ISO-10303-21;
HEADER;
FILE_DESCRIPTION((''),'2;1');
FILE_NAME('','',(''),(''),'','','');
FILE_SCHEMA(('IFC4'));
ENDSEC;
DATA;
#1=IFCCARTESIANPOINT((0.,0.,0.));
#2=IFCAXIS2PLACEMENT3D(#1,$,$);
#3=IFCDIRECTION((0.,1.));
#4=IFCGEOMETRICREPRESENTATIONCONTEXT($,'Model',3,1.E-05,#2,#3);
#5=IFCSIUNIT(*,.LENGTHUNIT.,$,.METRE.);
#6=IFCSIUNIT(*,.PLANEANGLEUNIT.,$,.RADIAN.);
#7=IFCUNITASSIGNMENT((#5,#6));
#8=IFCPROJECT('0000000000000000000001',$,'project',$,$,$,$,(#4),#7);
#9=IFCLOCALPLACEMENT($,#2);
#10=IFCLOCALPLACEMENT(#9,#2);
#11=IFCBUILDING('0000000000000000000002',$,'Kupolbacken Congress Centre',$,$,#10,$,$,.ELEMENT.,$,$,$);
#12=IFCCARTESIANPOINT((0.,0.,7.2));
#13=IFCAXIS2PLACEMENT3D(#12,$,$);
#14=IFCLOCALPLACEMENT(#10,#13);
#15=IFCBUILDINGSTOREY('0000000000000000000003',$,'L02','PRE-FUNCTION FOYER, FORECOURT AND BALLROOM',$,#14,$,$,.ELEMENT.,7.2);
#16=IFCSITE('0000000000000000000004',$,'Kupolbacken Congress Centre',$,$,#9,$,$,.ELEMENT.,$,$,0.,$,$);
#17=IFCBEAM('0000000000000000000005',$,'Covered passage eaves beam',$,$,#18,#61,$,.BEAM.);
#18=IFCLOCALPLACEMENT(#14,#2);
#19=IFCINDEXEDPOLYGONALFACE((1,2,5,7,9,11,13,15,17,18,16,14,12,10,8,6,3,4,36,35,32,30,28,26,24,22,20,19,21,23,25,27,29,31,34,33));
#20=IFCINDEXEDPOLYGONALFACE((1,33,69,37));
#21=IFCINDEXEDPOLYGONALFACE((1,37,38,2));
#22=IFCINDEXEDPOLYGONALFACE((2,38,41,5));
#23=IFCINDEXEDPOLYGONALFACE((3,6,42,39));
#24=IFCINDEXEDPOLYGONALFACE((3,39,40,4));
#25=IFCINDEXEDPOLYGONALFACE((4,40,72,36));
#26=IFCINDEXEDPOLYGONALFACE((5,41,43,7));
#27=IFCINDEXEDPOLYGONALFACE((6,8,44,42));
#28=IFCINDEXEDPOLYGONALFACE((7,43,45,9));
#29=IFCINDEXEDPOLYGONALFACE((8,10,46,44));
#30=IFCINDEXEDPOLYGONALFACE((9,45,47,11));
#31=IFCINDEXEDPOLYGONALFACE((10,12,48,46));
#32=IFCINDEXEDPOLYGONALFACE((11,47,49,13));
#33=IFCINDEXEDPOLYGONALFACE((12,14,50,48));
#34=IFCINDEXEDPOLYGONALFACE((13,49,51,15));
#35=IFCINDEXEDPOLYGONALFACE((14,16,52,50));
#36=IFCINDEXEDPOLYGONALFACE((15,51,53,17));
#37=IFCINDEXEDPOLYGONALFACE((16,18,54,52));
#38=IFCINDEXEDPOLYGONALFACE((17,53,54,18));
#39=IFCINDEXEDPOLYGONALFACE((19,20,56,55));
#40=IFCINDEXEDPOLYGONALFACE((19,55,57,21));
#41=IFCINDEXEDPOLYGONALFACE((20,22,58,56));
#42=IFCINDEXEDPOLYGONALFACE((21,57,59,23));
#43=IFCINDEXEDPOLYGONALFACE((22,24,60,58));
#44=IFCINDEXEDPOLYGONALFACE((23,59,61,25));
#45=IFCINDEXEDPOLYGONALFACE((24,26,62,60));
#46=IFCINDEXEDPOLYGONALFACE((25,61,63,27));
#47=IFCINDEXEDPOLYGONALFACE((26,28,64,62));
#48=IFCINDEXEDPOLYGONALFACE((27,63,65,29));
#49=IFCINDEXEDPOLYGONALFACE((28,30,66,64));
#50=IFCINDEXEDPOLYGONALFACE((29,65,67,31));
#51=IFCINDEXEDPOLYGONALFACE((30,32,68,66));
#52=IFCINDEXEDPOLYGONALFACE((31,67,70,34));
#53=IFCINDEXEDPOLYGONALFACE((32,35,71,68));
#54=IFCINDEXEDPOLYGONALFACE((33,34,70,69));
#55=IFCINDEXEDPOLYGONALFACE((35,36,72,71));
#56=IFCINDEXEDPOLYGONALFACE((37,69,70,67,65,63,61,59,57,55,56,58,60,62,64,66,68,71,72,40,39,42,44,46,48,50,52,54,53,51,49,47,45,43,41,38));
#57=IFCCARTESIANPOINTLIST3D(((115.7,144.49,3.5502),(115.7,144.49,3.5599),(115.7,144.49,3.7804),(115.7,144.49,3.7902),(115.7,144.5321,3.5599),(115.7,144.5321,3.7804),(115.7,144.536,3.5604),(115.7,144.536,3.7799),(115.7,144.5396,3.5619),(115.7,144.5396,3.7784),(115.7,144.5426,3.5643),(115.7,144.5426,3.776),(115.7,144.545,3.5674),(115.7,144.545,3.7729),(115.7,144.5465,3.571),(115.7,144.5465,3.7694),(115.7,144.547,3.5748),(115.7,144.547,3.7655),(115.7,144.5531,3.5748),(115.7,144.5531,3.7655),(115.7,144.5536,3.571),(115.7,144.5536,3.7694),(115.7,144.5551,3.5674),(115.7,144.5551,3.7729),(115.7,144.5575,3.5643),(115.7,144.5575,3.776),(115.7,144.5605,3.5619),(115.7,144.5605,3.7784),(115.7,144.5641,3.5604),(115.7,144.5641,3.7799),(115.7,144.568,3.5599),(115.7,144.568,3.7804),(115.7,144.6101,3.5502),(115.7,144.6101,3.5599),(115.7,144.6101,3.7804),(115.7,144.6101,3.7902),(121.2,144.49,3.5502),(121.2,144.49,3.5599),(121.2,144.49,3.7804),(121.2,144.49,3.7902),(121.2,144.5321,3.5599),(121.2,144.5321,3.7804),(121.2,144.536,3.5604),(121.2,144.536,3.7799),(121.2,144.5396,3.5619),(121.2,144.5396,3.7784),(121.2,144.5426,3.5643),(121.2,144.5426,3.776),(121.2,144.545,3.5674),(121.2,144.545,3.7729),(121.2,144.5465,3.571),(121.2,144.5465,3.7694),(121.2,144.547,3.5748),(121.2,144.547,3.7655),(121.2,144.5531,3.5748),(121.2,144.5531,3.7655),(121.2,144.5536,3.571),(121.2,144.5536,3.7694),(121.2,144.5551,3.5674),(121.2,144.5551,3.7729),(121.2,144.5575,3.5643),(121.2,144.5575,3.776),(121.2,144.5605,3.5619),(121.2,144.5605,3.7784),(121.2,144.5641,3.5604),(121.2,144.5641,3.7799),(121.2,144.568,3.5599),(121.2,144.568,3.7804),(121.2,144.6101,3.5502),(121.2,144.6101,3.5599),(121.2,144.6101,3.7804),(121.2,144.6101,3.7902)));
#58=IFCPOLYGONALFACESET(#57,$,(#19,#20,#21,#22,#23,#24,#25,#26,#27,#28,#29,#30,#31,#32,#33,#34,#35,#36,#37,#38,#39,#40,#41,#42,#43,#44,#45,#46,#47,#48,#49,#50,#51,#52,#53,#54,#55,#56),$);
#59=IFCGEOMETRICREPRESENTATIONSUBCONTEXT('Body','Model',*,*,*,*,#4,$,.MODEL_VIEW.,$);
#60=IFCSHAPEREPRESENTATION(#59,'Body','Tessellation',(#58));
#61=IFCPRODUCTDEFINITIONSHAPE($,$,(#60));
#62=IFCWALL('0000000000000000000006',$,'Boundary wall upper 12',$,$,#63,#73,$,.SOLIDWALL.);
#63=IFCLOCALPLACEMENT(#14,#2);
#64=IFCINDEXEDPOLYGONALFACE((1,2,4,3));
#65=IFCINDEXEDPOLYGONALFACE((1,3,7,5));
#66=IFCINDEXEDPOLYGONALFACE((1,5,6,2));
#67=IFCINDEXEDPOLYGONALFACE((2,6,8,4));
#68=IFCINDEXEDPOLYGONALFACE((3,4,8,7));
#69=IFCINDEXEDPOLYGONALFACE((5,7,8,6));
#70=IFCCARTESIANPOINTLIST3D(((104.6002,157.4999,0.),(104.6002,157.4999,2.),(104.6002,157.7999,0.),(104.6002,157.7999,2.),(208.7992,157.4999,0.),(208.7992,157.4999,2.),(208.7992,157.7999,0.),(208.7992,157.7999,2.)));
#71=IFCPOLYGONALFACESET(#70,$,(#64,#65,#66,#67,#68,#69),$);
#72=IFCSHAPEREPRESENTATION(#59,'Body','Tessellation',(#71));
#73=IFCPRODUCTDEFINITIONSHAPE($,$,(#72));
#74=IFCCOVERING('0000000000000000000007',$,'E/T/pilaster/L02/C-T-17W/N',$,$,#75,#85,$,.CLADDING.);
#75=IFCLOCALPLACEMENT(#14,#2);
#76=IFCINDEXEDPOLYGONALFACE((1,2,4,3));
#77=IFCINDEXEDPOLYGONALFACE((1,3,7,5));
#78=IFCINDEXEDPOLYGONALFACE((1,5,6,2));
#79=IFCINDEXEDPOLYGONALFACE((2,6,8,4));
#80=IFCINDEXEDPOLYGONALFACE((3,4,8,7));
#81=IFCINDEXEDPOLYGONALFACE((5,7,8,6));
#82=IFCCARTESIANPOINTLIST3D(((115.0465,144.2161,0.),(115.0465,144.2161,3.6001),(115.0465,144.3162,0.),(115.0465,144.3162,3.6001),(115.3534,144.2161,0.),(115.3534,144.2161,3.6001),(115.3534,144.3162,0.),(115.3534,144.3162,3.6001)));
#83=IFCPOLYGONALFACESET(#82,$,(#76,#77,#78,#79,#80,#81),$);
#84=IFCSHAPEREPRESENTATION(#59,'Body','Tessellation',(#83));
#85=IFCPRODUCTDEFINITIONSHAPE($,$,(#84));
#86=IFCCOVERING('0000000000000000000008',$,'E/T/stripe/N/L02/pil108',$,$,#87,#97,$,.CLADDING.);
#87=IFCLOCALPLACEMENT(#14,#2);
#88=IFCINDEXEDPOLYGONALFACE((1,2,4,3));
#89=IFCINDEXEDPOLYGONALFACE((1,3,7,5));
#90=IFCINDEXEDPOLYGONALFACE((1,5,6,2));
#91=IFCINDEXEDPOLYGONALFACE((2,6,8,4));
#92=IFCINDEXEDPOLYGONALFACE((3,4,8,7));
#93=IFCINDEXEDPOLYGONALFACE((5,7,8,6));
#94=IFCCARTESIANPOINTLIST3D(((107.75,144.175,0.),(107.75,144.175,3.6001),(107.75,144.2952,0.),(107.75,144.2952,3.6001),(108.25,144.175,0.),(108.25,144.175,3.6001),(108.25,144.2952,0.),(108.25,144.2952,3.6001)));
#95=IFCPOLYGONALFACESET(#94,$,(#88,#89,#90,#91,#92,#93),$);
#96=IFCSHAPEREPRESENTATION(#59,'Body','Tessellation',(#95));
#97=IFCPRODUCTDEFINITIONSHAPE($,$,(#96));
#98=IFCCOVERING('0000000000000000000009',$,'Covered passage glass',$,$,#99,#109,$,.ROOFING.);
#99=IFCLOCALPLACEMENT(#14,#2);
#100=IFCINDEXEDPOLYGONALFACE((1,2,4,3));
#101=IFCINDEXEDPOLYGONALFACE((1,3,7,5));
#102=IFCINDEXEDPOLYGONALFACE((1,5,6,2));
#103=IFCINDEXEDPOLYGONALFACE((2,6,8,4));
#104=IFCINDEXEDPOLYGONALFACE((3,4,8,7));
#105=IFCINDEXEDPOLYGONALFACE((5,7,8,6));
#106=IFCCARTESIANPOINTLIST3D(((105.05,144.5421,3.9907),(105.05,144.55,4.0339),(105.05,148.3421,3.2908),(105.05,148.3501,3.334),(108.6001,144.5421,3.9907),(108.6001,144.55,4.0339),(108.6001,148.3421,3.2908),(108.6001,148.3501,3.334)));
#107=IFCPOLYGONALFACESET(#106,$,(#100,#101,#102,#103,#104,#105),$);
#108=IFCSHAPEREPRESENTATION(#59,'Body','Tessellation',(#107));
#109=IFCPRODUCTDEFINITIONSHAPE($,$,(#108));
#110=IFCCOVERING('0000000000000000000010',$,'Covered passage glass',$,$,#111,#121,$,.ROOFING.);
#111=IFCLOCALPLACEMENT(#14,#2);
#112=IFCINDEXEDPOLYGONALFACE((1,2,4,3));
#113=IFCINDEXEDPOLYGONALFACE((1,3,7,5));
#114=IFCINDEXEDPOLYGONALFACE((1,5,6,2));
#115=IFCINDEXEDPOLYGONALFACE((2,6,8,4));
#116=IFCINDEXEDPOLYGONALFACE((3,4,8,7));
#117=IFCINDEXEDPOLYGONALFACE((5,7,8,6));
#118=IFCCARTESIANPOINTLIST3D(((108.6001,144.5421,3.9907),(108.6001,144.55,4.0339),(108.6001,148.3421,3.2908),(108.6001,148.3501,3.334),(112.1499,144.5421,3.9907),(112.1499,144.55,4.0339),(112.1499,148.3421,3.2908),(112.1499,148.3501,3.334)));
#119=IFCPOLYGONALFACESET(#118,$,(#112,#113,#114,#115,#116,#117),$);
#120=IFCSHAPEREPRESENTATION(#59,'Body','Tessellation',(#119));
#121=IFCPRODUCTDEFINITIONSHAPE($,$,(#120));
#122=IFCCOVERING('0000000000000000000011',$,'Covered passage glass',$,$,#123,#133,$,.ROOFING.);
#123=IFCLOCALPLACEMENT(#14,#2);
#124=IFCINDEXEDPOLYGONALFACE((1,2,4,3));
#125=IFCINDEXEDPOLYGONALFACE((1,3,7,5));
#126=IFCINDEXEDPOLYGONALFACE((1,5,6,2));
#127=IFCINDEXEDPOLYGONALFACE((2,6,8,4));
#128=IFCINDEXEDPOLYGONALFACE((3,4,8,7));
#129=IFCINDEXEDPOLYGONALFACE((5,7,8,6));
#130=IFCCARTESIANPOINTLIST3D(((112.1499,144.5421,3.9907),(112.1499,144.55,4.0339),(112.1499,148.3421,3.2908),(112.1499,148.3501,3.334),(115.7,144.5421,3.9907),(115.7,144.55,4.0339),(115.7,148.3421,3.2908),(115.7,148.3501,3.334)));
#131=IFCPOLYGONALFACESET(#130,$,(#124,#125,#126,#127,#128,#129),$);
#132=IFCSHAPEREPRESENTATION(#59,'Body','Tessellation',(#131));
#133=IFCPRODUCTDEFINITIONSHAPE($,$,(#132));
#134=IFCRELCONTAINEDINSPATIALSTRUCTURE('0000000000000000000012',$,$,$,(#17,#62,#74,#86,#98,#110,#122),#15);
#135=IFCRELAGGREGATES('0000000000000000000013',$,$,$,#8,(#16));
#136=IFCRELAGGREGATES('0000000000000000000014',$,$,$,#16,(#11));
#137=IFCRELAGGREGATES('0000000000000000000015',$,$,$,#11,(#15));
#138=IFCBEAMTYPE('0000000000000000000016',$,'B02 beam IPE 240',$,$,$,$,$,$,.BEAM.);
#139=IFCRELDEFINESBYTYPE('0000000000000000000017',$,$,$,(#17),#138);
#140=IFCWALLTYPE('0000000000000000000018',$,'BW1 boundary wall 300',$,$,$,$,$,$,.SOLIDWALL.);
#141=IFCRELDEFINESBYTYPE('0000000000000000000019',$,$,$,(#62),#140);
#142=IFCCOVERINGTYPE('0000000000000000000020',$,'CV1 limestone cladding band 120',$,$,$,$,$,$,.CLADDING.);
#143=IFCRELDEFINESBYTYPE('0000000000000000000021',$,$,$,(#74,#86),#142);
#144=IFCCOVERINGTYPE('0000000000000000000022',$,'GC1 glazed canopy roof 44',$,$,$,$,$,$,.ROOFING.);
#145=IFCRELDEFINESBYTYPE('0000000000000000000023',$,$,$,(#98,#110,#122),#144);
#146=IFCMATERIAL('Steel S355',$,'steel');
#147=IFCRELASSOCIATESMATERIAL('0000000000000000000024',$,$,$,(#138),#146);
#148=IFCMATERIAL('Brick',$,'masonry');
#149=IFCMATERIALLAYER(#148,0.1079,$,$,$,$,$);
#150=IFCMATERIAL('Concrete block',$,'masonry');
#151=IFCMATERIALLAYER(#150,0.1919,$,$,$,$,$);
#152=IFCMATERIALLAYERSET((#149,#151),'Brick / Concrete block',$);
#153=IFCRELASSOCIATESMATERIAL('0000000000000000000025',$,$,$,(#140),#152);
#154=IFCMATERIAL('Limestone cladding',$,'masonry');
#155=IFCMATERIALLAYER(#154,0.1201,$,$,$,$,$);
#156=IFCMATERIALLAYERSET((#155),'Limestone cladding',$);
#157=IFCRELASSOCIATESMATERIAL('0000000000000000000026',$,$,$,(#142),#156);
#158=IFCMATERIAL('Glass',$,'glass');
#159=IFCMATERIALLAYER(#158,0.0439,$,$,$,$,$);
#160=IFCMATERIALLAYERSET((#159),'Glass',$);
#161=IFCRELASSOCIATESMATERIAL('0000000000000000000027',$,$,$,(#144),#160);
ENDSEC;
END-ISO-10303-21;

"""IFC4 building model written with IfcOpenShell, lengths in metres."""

from ifc_helpers import new_model, si_unit, direction, frame, frame_2d, origin, origin_2d, place, context, subcontext, project, spatial, polyline, rectangle, i_section, outline, extrude, material, layer, layer_set, material_profile, profile_set, type_object, element, save


model = new_model("IFC4")

# Units and contexts
model_context = context("Model", 3, precision=1e-05, world=origin(), true_north=direction((0.0, 1.0)))
body_context = subcontext(model_context, "Body", "Model", "MODEL_VIEW")
ifc_project = project(units=[si_unit("LENGTHUNIT", "METRE"), si_unit("PLANEANGLEUNIT", "RADIAN")], contexts=[model_context])

# Site, building, storey
site_placement = place(None, origin())
site = spatial("IfcSite", under=ifc_project, at=site_placement, Name="Kupolbacken Congress Centre", CompositionType="ELEMENT", RefElevation=0.0)
building_placement = place(site_placement, origin())
building = spatial("IfcBuilding", under=site, at=building_placement, Name="Kupolbacken Congress Centre", CompositionType="ELEMENT")
storey_placement = place(building_placement, frame((0.0, 0.0, 7.2)))
storey = spatial("IfcBuildingStorey", under=building, at=storey_placement, Name="L02", Description="PRE-FUNCTION FOYER, FORECOURT AND BALLROOM", CompositionType="ELEMENT", Elevation=7.2)

# Beam
ifc_material_1 = material(Name="Steel S355", Category="steel")
ifc_material_profile_1 = material_profile(ifc_material_1, i_section(OverallWidth=0.1201, OverallDepth=0.24, WebThickness=0.0061, FlangeThickness=0.0098, FilletRadius=0.0149, at=origin_2d()), Name="IPE 240")
ifc_profile_set_1 = profile_set([ifc_material_profile_1], Name="Steel S355")
beam_type_1 = type_object("IfcBeamType", Name="B02 beam IPE 240", PredefinedType="BEAM", material=ifc_profile_set_1)
beam_placement = place(storey_placement, frame((115.7, 144.55, 3.6702), z_axis=(1.0, 0.0, 0.0), x_axis=(0.0, 1.0, 0.0)))
element("IfcBeam", 1, at=beam_placement, inside=storey, type_object=beam_type_1, Name="Covered passage eaves beam", PredefinedType="BEAM", context=body_context, shape_type="SweptSolid", body=[
    extrude(i_section(OverallWidth=0.1201, OverallDepth=0.24, WebThickness=0.0061, FlangeThickness=0.0098, FilletRadius=0.0149, at=origin_2d()), origin(), (0.0, 0.0, 1.0), 5.5),
])

# Wall
ifc_material_2 = material(Name="Brick", Category="masonry")
ifc_layer_1 = layer(ifc_material_2, 0.1079)
ifc_material_3 = material(Name="Concrete block", Category="masonry")
ifc_layer_2 = layer(ifc_material_3, 0.1919)
ifc_layer_set_1 = layer_set([ifc_layer_1, ifc_layer_2], Name="Brick / Concrete block")
wall_type = type_object("IfcWallType", Name="BW1 boundary wall 300", PredefinedType="SOLIDWALL", material=ifc_layer_set_1)
wall_placement = place(storey_placement, frame((104.6001, 157.6499, 0.0), z_axis=(0.0, 0.0, 1.0), x_axis=(1.0, 0.0, 0.0)))
element("IfcWall", 2, at=wall_placement, inside=storey, type_object=wall_type, Name="Boundary wall upper 12", PredefinedType="SOLIDWALL", context=body_context, shape_type="SweptSolid", body=[
    extrude(rectangle(XDim=104.199, YDim=0.3, at=frame_2d((52.0996, 0.0))), origin(), (0.0, 0.0, 1.0), 2.0),
])

# Coverings
ifc_material_4 = material(Name="Limestone cladding", Category="masonry")
ifc_layer_3 = layer(ifc_material_4, 0.1201)
ifc_layer_set_2 = layer_set([ifc_layer_3], Name="Limestone cladding")
covering_type_1 = type_object("IfcCoveringType", Name="CV1 limestone cladding band 120", PredefinedType="CLADDING", material=ifc_layer_set_2)
covering_1_placement = place(storey_placement, frame((115.2, 144.2661, 0.0), z_axis=(0.0, 0.0, 1.0), x_axis=(1.0, 0.0, 0.0)))
element("IfcCovering", 3, at=covering_1_placement, inside=storey, type_object=covering_type_1, Name="E/T/pilaster/L02/C-T-17W/N", PredefinedType="CLADDING", context=body_context, shape_type="SweptSolid", body=[
    extrude(rectangle(XDim=0.3069, YDim=0.1001, at=origin_2d()), origin(), (0.0, 0.0, 1.0), 3.6001),
])
covering_2_placement = place(storey_placement, frame((108.0, 144.2351, 0.0), z_axis=(0.0, 0.0, 1.0), x_axis=(1.0, 0.0, 0.0)))
element("IfcCovering", 4, at=covering_2_placement, inside=storey, type_object=covering_type_1, Name="E/T/stripe/N/L02/pil108", PredefinedType="CLADDING", context=body_context, shape_type="SweptSolid", body=[
    extrude(rectangle(XDim=0.5, YDim=0.1201, at=origin_2d()), origin(), (0.0, 0.0, 1.0), 3.6001),
])
ifc_material_5 = material(Name="Glass", Category="glass")
ifc_layer_4 = layer(ifc_material_5, 0.0439)
ifc_layer_set_3 = layer_set([ifc_layer_4], Name="Glass")
covering_type_2 = type_object("IfcCoveringType", Name="GC1 glazed canopy roof 44", PredefinedType="ROOFING", material=ifc_layer_set_3)
covering_3_placement = place(storey_placement, frame((105.05, 144.55, 4.0339), z_axis=(0.0, 0.181148, 0.983456), x_axis=(1.0, 0.0, 0.0)))
element("IfcCovering", 5, at=covering_3_placement, inside=storey, type_object=covering_type_2, Name="Covered passage glass", PredefinedType="ROOFING", context=body_context, shape_type="SweptSolid", body=[
    extrude(outline(polyline([(0.0, 0.0), (3.55, 0.0), (3.55, 3.864), (0.0, 3.864), (0.0, 0.0)])), origin(), (0.0, 0.0, -1.0), 0.0439),
])
covering_4_placement = place(storey_placement, frame((108.6001, 144.55, 4.0339), z_axis=(0.0, 0.181148, 0.983456), x_axis=(1.0, 0.0, 0.0)))
element("IfcCovering", 6, at=covering_4_placement, inside=storey, type_object=covering_type_2, Name="Covered passage glass", PredefinedType="ROOFING", context=body_context, shape_type="SweptSolid", body=[
    extrude(outline(polyline([(0.0, 0.0), (3.5498, 0.0), (3.5498, 3.864), (0.0, 3.864), (0.0, 0.0)])), origin(), (0.0, 0.0, -1.0), 0.0439),
])
covering_5_placement = place(storey_placement, frame((112.1499, 144.55, 4.0339), z_axis=(0.0, 0.181148, 0.983456), x_axis=(1.0, 0.0, 0.0)))
element("IfcCovering", 7, at=covering_5_placement, inside=storey, type_object=covering_type_2, Name="Covered passage glass", PredefinedType="ROOFING", context=body_context, shape_type="SweptSolid", body=[
    extrude(outline(polyline([(0.0, 0.0), (3.55, 0.0), (3.55, 3.864), (0.0, 3.864), (0.0, 0.0)])), origin(), (0.0, 0.0, -1.0), 0.0439),
])

save(model, "model.ifc")
